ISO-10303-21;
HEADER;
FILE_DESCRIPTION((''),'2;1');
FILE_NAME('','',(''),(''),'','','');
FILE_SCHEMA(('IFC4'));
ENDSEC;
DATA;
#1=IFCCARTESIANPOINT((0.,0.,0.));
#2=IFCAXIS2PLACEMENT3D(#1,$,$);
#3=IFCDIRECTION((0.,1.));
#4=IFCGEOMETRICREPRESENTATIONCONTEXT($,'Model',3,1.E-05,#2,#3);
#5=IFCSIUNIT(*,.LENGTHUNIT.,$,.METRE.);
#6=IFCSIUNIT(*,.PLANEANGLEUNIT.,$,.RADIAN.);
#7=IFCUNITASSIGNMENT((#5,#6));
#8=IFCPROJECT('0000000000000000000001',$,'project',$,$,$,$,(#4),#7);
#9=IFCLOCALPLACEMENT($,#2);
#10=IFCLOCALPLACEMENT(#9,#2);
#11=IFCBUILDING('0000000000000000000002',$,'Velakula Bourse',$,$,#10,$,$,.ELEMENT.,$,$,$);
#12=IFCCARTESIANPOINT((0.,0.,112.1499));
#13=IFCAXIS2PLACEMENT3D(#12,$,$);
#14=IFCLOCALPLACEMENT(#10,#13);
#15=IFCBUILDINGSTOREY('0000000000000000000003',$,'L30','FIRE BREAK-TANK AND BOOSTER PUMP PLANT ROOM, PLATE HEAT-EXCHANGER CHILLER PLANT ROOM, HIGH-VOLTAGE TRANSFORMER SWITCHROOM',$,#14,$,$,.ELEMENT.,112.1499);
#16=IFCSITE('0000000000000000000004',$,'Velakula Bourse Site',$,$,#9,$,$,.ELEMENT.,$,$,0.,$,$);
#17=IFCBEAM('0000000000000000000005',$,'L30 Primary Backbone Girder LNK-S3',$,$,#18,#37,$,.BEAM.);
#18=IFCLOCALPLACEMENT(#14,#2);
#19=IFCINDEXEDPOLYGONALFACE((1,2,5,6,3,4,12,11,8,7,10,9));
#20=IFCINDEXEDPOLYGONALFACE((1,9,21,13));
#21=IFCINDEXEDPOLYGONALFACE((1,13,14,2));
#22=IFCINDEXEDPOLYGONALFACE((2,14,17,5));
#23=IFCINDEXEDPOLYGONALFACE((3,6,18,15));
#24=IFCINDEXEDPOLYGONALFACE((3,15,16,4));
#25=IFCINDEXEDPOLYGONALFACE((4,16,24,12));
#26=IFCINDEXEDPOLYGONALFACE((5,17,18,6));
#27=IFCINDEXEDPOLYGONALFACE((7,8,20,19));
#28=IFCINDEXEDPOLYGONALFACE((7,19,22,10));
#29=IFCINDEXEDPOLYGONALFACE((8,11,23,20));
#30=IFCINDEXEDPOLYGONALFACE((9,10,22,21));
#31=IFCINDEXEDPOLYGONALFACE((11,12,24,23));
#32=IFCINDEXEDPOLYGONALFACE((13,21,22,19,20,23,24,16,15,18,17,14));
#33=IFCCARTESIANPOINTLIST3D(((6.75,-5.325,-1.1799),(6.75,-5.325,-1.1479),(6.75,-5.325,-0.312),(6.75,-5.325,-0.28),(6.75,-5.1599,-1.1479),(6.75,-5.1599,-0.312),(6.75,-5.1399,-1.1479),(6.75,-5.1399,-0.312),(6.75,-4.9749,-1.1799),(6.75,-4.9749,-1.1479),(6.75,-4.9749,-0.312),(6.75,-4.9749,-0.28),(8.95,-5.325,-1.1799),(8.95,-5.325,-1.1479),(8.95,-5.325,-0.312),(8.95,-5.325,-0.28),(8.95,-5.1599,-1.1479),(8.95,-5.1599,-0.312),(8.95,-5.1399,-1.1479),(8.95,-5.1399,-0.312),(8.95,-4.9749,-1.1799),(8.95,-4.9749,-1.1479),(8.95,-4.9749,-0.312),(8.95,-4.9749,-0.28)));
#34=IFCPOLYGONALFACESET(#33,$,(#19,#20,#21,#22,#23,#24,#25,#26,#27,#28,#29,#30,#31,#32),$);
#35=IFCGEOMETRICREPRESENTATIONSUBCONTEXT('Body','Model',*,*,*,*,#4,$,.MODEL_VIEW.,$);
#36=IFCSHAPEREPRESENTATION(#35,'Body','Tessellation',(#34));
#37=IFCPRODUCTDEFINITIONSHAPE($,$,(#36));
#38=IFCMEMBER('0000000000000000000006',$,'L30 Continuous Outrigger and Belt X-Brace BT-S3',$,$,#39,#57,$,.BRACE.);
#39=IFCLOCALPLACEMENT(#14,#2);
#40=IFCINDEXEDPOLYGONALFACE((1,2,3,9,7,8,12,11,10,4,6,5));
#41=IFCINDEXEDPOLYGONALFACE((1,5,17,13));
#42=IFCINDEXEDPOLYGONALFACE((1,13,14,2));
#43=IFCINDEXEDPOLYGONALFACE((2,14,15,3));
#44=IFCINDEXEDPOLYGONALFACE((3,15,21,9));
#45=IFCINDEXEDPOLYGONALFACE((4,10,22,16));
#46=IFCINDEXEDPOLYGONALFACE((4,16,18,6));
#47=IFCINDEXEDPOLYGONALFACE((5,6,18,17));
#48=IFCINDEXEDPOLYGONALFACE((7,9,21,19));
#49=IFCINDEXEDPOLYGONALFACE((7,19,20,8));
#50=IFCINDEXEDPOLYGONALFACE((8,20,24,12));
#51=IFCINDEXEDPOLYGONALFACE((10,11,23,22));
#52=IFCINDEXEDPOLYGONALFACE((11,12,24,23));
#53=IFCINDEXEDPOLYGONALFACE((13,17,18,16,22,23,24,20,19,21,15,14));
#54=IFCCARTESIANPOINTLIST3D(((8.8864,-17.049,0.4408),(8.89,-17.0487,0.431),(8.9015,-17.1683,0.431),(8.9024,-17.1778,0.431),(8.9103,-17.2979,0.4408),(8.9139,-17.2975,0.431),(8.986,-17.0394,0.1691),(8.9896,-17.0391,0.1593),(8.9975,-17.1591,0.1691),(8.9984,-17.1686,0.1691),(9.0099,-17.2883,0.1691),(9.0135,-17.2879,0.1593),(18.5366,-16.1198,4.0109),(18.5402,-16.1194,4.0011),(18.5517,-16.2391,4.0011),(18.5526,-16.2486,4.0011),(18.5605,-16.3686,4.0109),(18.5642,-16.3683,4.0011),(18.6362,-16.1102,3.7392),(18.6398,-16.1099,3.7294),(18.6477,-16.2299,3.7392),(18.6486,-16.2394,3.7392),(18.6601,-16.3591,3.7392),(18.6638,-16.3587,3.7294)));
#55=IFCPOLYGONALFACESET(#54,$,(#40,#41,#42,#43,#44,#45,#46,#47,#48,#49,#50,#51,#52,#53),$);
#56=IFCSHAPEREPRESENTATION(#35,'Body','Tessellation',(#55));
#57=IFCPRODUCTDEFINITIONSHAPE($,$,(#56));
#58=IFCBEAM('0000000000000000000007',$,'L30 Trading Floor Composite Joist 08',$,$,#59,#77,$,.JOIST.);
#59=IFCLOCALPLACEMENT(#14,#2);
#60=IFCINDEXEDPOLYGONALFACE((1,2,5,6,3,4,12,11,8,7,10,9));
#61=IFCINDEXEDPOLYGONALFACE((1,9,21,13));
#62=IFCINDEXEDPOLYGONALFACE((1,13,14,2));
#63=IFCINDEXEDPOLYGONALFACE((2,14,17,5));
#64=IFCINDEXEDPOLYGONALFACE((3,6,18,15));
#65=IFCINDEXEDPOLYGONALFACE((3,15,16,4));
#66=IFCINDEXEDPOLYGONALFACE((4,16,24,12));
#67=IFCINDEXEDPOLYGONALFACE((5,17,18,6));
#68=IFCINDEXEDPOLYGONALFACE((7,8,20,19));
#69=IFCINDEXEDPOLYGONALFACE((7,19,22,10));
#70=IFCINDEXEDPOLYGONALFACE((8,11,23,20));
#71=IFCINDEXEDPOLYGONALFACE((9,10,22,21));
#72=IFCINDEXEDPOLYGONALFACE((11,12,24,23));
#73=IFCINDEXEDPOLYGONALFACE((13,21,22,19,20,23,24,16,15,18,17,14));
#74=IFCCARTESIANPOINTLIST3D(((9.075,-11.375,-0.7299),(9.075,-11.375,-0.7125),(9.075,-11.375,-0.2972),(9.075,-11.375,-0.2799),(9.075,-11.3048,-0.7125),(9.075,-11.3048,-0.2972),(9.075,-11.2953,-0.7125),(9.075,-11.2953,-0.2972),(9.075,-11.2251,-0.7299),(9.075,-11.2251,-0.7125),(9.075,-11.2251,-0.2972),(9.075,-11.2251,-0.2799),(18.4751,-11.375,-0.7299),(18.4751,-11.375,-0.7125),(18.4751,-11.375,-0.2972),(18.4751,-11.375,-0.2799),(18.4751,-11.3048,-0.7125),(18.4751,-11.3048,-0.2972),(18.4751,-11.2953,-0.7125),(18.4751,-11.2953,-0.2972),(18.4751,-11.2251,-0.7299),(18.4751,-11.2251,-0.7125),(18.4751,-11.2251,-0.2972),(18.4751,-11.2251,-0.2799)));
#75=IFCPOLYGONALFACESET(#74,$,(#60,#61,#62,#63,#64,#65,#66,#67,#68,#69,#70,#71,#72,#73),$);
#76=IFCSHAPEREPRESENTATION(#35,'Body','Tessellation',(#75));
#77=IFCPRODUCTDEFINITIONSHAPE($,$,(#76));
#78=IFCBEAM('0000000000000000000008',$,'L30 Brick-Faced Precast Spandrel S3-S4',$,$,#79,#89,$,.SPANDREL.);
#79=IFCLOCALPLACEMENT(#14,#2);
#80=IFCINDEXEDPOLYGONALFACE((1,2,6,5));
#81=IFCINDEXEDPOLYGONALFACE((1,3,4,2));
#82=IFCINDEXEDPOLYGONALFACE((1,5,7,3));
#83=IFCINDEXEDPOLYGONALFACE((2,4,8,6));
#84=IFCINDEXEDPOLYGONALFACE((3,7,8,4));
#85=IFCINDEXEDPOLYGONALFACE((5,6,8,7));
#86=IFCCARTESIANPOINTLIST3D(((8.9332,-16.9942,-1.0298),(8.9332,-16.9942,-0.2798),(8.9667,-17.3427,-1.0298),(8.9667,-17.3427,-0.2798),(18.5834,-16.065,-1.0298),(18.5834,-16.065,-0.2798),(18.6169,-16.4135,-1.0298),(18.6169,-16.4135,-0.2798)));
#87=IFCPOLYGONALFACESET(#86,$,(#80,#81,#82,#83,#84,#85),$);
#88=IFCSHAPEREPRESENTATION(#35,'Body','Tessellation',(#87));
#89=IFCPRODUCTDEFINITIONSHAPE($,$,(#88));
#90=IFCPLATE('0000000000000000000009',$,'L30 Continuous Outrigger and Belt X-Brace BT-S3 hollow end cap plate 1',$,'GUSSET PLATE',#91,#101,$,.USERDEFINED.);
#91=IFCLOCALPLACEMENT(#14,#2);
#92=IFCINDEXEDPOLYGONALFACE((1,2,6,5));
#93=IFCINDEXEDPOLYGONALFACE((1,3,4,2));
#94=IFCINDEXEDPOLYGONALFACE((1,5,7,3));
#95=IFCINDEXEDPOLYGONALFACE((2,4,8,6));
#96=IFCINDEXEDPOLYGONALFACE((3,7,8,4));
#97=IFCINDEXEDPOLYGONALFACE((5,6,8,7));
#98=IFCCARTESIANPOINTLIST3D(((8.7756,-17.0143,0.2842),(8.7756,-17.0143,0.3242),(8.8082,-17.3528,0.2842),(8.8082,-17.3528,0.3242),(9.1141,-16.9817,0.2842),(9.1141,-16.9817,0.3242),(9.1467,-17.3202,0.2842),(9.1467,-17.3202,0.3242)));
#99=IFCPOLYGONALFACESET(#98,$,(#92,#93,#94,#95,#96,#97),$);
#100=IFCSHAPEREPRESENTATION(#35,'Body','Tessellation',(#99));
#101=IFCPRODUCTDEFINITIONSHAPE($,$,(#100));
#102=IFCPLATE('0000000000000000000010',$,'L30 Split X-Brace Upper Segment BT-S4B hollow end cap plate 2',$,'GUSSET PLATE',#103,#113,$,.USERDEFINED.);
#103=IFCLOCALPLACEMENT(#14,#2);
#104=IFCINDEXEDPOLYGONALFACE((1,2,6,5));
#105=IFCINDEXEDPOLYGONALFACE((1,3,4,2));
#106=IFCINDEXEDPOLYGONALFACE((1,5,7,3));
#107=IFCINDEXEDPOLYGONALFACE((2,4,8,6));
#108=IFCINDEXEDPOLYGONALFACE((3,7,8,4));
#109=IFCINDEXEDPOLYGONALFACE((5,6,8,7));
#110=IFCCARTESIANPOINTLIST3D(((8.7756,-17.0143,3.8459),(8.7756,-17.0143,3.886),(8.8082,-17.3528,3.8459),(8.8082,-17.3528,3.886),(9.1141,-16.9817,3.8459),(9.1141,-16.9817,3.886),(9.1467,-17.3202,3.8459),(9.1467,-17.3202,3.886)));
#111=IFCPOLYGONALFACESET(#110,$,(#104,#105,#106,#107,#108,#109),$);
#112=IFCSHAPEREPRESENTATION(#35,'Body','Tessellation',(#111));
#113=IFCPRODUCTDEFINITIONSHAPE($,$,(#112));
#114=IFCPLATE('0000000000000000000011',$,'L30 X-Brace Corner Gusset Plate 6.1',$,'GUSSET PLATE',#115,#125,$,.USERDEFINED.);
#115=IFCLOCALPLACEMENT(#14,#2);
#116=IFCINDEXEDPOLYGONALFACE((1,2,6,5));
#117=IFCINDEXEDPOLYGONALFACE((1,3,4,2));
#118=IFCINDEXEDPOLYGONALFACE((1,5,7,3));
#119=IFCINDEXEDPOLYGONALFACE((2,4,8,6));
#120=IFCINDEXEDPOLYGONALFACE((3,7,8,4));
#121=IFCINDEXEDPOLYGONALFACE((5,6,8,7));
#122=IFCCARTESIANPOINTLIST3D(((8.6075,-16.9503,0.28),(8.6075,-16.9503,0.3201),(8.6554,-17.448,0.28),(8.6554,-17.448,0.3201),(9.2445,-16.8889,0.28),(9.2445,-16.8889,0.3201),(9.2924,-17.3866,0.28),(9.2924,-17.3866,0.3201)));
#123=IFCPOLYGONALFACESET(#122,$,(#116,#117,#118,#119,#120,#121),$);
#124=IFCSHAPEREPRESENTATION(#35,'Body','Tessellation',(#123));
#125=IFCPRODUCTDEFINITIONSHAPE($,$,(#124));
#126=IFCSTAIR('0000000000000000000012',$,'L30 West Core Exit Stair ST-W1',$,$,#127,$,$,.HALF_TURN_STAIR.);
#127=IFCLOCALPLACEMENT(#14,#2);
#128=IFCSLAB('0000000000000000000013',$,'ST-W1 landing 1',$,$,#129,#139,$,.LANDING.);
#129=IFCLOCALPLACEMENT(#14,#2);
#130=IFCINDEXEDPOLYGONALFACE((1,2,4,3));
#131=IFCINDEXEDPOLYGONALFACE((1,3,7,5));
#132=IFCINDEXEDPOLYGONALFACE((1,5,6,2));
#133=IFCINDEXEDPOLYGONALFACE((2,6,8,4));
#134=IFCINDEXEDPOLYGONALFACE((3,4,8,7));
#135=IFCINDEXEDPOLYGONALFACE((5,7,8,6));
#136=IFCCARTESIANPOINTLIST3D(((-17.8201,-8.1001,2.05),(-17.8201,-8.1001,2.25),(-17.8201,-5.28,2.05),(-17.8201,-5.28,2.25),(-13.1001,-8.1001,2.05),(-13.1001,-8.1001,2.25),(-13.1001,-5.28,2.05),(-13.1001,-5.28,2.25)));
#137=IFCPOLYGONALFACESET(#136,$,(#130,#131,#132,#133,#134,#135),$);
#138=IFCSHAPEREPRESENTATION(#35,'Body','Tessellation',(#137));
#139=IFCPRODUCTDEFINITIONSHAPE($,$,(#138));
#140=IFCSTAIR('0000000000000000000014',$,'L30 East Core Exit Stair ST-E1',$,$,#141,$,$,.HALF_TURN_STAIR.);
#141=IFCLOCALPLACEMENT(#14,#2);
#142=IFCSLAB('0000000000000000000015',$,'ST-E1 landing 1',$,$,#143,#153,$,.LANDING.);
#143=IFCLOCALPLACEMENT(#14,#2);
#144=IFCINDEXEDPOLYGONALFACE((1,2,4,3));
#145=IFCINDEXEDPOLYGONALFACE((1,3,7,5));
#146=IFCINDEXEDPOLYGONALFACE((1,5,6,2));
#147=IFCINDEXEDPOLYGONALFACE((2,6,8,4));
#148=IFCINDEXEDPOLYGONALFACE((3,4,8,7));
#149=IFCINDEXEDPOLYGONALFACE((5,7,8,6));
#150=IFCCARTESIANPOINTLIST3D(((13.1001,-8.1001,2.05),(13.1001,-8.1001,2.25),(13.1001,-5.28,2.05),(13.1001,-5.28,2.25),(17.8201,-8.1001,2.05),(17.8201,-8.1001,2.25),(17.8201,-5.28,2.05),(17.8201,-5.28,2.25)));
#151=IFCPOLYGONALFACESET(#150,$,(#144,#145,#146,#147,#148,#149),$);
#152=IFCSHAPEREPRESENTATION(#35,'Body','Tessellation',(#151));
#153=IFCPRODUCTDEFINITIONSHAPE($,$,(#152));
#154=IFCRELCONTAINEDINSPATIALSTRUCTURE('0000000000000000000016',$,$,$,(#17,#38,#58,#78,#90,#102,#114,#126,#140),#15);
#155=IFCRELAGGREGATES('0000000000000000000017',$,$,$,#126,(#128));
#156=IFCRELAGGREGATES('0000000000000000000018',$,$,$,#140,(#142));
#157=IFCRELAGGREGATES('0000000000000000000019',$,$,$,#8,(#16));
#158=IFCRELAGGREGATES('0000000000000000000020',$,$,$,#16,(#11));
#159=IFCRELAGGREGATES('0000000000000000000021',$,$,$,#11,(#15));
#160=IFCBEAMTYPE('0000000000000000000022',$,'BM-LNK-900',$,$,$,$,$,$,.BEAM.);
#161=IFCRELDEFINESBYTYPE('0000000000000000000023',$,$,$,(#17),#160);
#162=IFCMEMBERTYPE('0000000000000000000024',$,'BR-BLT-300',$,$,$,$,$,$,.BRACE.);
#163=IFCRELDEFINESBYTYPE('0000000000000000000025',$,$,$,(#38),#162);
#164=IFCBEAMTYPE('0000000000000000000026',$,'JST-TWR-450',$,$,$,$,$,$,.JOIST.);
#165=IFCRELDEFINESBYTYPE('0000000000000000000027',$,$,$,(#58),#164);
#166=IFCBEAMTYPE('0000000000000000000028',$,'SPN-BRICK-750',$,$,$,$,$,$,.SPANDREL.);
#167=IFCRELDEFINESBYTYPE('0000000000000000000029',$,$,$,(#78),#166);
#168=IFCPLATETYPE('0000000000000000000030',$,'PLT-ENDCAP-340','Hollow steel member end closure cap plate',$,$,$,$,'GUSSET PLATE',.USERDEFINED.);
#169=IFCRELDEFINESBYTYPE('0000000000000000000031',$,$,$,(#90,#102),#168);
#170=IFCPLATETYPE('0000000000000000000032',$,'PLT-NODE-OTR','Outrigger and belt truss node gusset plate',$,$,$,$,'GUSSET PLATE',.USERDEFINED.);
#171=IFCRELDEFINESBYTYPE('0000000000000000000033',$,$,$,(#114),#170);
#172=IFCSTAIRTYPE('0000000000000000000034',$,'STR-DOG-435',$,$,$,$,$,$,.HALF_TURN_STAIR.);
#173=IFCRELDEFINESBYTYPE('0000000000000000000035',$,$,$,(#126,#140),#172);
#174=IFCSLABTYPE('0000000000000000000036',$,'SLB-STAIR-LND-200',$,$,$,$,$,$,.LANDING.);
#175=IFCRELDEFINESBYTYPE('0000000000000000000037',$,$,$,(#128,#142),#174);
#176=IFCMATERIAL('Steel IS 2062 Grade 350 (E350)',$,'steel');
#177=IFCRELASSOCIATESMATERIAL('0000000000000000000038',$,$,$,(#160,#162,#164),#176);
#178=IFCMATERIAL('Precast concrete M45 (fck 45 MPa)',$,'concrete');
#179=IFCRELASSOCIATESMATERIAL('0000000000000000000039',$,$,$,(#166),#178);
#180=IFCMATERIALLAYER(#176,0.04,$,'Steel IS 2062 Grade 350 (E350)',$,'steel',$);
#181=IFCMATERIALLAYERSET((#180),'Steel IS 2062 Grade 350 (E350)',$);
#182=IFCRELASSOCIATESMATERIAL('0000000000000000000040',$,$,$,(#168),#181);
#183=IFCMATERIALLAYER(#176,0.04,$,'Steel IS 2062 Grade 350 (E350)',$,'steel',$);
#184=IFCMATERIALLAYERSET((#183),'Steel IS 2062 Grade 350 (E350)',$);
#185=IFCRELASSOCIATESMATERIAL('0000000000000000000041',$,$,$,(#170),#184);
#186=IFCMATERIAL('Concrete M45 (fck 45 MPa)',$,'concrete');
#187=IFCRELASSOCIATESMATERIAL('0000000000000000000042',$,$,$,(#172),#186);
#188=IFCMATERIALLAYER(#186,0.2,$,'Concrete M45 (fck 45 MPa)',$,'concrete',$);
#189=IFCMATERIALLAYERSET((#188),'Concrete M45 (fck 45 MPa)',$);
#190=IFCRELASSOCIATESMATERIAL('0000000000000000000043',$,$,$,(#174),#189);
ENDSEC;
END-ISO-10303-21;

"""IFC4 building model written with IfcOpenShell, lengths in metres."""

from ifc_helpers import new_model, si_unit, direction, frame, origin, origin_2d, place, context, subcontext, project, spatial, polyline, rectangle, i_section, outline, extrude, material, layer, layer_set, material_profile, profile_set, type_object, element, aggregate, save


model = new_model("IFC4")

# Units and contexts
model_context = context("Model", 3, precision=1e-05, world=origin(), true_north=direction((0.0, 1.0)))
body_context = subcontext(model_context, "Body", "Model", "MODEL_VIEW")
ifc_project = project(units=[si_unit("LENGTHUNIT", "METRE"), si_unit("PLANEANGLEUNIT", "RADIAN")], contexts=[model_context])

# Site, building, storey
site_placement = place(None, origin())
site = spatial("IfcSite", under=ifc_project, at=site_placement, Name="Velakula Bourse Site", CompositionType="ELEMENT", RefElevation=0.0)
building_placement = place(site_placement, origin())
building = spatial("IfcBuilding", under=site, at=building_placement, Name="Velakula Bourse", CompositionType="ELEMENT")
storey_placement = place(building_placement, frame((0.0, 0.0, 112.1499)))
storey = spatial("IfcBuildingStorey", under=building, at=storey_placement, Name="L30", Description="FIRE BREAK-TANK AND BOOSTER PUMP PLANT ROOM, PLATE HEAT-EXCHANGER CHILLER PLANT ROOM, HIGH-VOLTAGE TRANSFORMER SWITCHROOM", CompositionType="ELEMENT", Elevation=112.1499)

# Beam
ifc_material_1 = material(Name="Steel IS 2062 Grade 350 (E350)", Category="steel")
ifc_material_profile_1 = material_profile(ifc_material_1, i_section(OverallWidth=0.3501, OverallDepth=0.8999, WebThickness=0.02, FlangeThickness=0.032, at=origin_2d()), Name="Steel IS 2062 Grade 350 (E350)")
ifc_profile_set_1 = profile_set([ifc_material_profile_1], Name="Steel IS 2062 Grade 350 (E350)")
beam_type_1 = type_object("IfcBeamType", Name="BM-LNK-900", PredefinedType="BEAM", material=ifc_profile_set_1)
beam_1_placement = place(storey_placement, frame((6.75, -5.1499, -0.73), z_axis=(1.0, 0.0, 0.0), x_axis=(0.0, 1.0, 0.0)))
element("IfcBeam", 1, at=beam_1_placement, inside=storey, type_object=beam_type_1, Name="L30 Primary Backbone Girder LNK-S3", PredefinedType="BEAM", context=body_context, shape_type="SweptSolid", body=[
    extrude(i_section(OverallWidth=0.3501, OverallDepth=0.8999, WebThickness=0.02, FlangeThickness=0.032, at=origin_2d()), origin(), (0.0, 0.0, 1.0), 2.2),
])

# Member
ifc_material_profile_2 = material_profile(ifc_material_1, i_section(OverallWidth=0.25, OverallDepth=0.3, WebThickness=0.0095, FlangeThickness=0.0105, at=origin_2d()), Name="Steel IS 2062 Grade 350 (E350)")
ifc_profile_set_2 = profile_set([ifc_material_profile_2], Name="Steel IS 2062 Grade 350 (E350)")
member_type = type_object("IfcMemberType", Name="BR-BLT-300", PredefinedType="BRACE", material=ifc_profile_set_2)
member_placement = place(storey_placement, frame((8.95, -17.1685, 0.3), z_axis=(0.934076, 0.089941, 0.345561), x_axis=(-0.095845, 0.995396, 0.0)))
element("IfcMember", 2, at=member_placement, inside=storey, type_object=member_type, Name="L30 Continuous Outrigger and Belt X-Brace BT-S3", PredefinedType="BRACE", context=body_context, shape_type="SweptSolid", body=[
    extrude(i_section(OverallWidth=0.25, OverallDepth=0.3, WebThickness=0.0095, FlangeThickness=0.0105, at=origin_2d()), origin(), (0.0, 0.0, 1.0), 10.3313),
])

# Beams
ifc_material_profile_3 = material_profile(ifc_material_1, i_section(OverallWidth=0.1499, OverallDepth=0.45, WebThickness=0.0095, FlangeThickness=0.0173, at=origin_2d()), Name="Steel IS 2062 Grade 350 (E350)")
ifc_profile_set_3 = profile_set([ifc_material_profile_3], Name="Steel IS 2062 Grade 350 (E350)")
beam_type_2 = type_object("IfcBeamType", Name="JST-TWR-450", PredefinedType="JOIST", material=ifc_profile_set_3)
beam_2_placement = place(storey_placement, frame((9.075, -11.3, -0.5049), z_axis=(1.0, 0.0, 0.0), x_axis=(0.0, 1.0, 0.0)))
element("IfcBeam", 3, at=beam_2_placement, inside=storey, type_object=beam_type_2, Name="L30 Trading Floor Composite Joist 08", PredefinedType="JOIST", context=body_context, shape_type="SweptSolid", body=[
    extrude(i_section(OverallWidth=0.1499, OverallDepth=0.45, WebThickness=0.0095, FlangeThickness=0.0173, at=origin_2d()), origin(), (0.0, 0.0, 1.0), 9.4001),
])
ifc_material_2 = material(Name="Precast concrete M45 (fck 45 MPa)", Category="concrete")
ifc_material_profile_4 = material_profile(ifc_material_2, rectangle(XDim=0.3501, YDim=0.75, at=origin_2d()), Name="Precast concrete M45 (fck 45 MPa)")
ifc_profile_set_4 = profile_set([ifc_material_profile_4], Name="Precast concrete M45 (fck 45 MPa)")
beam_type_3 = type_object("IfcBeamType", Name="SPN-BRICK-750", PredefinedType="SPANDREL", material=ifc_profile_set_4)
beam_3_placement = place(storey_placement, frame((8.95, -17.1685, -0.6548), z_axis=(0.995396, 0.095845, 0.0), x_axis=(-0.095845, 0.995396, 0.0)))
element("IfcBeam", 4, at=beam_3_placement, inside=storey, type_object=beam_type_3, Name="L30 Brick-Faced Precast Spandrel S3-S4", PredefinedType="SPANDREL", context=body_context, shape_type="SweptSolid", body=[
    extrude(rectangle(XDim=0.3501, YDim=0.75, at=origin_2d()), origin(), (0.0, 0.0, 1.0), 9.6948),
])

# Plates
ifc_layer_1 = layer(ifc_material_1, 0.04, Name="Steel IS 2062 Grade 350 (E350)", Category="steel")
ifc_layer_set_1 = layer_set([ifc_layer_1], Name="Steel IS 2062 Grade 350 (E350)")
plate_type_1 = type_object("IfcPlateType", Name="PLT-ENDCAP-340", Description="Hollow steel member end closure cap plate", ElementType="GUSSET PLATE", PredefinedType="USERDEFINED", material=ifc_layer_set_1)
for number, where, z_axis, x_axis, name in (
    (5, (8.9612, -17.1672, 0.2842), (0.0, 0.0, 1.0), (0.995396, 0.095846, 0.0), "L30 Continuous Outrigger and Belt X-Brace BT-S3 hollow end cap plate 1"),
    (6, (8.9612, -17.1672, 3.8459), (0.0, 0.0, 1.0), (-0.995396, -0.095846, 0.0), "L30 Split X-Brace Upper Segment BT-S4B hollow end cap plate 2"),
):
    element("IfcPlate", number, at=place(storey_placement, frame(where, z_axis=z_axis, x_axis=x_axis)), inside=storey, type_object=plate_type_1, Name=name, ObjectType="GUSSET PLATE", PredefinedType="USERDEFINED", context=body_context, shape_type="SweptSolid", body=[
        extrude(rectangle(XDim=0.3401, YDim=0.3401, at=origin_2d()), origin(), (0.0, 0.0, 1.0), 0.04),
    ])
ifc_layer_2 = layer(ifc_material_1, 0.04, Name="Steel IS 2062 Grade 350 (E350)", Category="steel")
ifc_layer_set_2 = layer_set([ifc_layer_2], Name="Steel IS 2062 Grade 350 (E350)")
plate_type_2 = type_object("IfcPlateType", Name="PLT-NODE-OTR", Description="Outrigger and belt truss node gusset plate", ElementType="GUSSET PLATE", PredefinedType="USERDEFINED", material=ifc_layer_set_2)
plate_placement = place(storey_placement, frame((8.95, -17.1685, 0.28), z_axis=(0.0, 0.0, 1.0), x_axis=(0.995396, 0.095846, 0.0)))
element("IfcPlate", 7, at=plate_placement, inside=storey, type_object=plate_type_2, Name="L30 X-Brace Corner Gusset Plate 6.1", ObjectType="GUSSET PLATE", PredefinedType="USERDEFINED", context=body_context, shape_type="SweptSolid", body=[
    extrude(rectangle(XDim=0.6399, YDim=0.5, at=origin_2d()), origin(), (0.0, 0.0, 1.0), 0.04),
])

# Stairs, slabs
ifc_material_3 = material(Name="Concrete M45 (fck 45 MPa)", Category="concrete")
stair_type = type_object("IfcStairType", Name="STR-DOG-435", PredefinedType="HALF_TURN_STAIR", material=ifc_material_3)
stair_1_placement = place(storey_placement, origin())
stair_1 = element("IfcStair", 8, at=stair_1_placement, inside=storey, type_object=stair_type, Name="L30 West Core Exit Stair ST-W1", PredefinedType="HALF_TURN_STAIR")
ifc_layer_3 = layer(ifc_material_3, 0.2, Name="Concrete M45 (fck 45 MPa)", Category="concrete")
ifc_layer_set_3 = layer_set([ifc_layer_3], Name="Concrete M45 (fck 45 MPa)")
slab_type_1 = type_object("IfcSlabType", Name="SLB-STAIR-LND-200", PredefinedType="LANDING", material=ifc_layer_set_3)
slab_1_placement = place(storey_placement, frame((0.0, 0.0, 2.05)))
slab_1 = element("IfcSlab", 9, at=slab_1_placement, type_object=slab_type_1, Name="ST-W1 landing 1", PredefinedType="LANDING", context=body_context, shape_type="SweptSolid", body=[
    extrude(outline(polyline([(-17.8201, -5.28), (-17.8201, -8.1001), (-13.1001, -8.1001), (-13.1001, -5.28), (-17.8201, -5.28)])), origin(), (0.0, 0.0, 1.0), 0.2),
])
aggregate(stair_1, [slab_1])
stair_2_placement = place(storey_placement, origin())
stair_2 = element("IfcStair", 10, at=stair_2_placement, inside=storey, type_object=stair_type, Name="L30 East Core Exit Stair ST-E1", PredefinedType="HALF_TURN_STAIR")
slab_2_placement = place(storey_placement, frame((0.0, 0.0, 2.05)))
slab_2 = element("IfcSlab", 11, at=slab_2_placement, type_object=slab_type_1, Name="ST-E1 landing 1", PredefinedType="LANDING", context=body_context, shape_type="SweptSolid", body=[
    extrude(outline(polyline([(13.1001, -5.28), (13.1001, -8.1001), (17.8201, -8.1001), (17.8201, -5.28), (13.1001, -5.28)])), origin(), (0.0, 0.0, 1.0), 0.2),
])
aggregate(stair_2, [slab_2])

save(model, "model.ifc")
